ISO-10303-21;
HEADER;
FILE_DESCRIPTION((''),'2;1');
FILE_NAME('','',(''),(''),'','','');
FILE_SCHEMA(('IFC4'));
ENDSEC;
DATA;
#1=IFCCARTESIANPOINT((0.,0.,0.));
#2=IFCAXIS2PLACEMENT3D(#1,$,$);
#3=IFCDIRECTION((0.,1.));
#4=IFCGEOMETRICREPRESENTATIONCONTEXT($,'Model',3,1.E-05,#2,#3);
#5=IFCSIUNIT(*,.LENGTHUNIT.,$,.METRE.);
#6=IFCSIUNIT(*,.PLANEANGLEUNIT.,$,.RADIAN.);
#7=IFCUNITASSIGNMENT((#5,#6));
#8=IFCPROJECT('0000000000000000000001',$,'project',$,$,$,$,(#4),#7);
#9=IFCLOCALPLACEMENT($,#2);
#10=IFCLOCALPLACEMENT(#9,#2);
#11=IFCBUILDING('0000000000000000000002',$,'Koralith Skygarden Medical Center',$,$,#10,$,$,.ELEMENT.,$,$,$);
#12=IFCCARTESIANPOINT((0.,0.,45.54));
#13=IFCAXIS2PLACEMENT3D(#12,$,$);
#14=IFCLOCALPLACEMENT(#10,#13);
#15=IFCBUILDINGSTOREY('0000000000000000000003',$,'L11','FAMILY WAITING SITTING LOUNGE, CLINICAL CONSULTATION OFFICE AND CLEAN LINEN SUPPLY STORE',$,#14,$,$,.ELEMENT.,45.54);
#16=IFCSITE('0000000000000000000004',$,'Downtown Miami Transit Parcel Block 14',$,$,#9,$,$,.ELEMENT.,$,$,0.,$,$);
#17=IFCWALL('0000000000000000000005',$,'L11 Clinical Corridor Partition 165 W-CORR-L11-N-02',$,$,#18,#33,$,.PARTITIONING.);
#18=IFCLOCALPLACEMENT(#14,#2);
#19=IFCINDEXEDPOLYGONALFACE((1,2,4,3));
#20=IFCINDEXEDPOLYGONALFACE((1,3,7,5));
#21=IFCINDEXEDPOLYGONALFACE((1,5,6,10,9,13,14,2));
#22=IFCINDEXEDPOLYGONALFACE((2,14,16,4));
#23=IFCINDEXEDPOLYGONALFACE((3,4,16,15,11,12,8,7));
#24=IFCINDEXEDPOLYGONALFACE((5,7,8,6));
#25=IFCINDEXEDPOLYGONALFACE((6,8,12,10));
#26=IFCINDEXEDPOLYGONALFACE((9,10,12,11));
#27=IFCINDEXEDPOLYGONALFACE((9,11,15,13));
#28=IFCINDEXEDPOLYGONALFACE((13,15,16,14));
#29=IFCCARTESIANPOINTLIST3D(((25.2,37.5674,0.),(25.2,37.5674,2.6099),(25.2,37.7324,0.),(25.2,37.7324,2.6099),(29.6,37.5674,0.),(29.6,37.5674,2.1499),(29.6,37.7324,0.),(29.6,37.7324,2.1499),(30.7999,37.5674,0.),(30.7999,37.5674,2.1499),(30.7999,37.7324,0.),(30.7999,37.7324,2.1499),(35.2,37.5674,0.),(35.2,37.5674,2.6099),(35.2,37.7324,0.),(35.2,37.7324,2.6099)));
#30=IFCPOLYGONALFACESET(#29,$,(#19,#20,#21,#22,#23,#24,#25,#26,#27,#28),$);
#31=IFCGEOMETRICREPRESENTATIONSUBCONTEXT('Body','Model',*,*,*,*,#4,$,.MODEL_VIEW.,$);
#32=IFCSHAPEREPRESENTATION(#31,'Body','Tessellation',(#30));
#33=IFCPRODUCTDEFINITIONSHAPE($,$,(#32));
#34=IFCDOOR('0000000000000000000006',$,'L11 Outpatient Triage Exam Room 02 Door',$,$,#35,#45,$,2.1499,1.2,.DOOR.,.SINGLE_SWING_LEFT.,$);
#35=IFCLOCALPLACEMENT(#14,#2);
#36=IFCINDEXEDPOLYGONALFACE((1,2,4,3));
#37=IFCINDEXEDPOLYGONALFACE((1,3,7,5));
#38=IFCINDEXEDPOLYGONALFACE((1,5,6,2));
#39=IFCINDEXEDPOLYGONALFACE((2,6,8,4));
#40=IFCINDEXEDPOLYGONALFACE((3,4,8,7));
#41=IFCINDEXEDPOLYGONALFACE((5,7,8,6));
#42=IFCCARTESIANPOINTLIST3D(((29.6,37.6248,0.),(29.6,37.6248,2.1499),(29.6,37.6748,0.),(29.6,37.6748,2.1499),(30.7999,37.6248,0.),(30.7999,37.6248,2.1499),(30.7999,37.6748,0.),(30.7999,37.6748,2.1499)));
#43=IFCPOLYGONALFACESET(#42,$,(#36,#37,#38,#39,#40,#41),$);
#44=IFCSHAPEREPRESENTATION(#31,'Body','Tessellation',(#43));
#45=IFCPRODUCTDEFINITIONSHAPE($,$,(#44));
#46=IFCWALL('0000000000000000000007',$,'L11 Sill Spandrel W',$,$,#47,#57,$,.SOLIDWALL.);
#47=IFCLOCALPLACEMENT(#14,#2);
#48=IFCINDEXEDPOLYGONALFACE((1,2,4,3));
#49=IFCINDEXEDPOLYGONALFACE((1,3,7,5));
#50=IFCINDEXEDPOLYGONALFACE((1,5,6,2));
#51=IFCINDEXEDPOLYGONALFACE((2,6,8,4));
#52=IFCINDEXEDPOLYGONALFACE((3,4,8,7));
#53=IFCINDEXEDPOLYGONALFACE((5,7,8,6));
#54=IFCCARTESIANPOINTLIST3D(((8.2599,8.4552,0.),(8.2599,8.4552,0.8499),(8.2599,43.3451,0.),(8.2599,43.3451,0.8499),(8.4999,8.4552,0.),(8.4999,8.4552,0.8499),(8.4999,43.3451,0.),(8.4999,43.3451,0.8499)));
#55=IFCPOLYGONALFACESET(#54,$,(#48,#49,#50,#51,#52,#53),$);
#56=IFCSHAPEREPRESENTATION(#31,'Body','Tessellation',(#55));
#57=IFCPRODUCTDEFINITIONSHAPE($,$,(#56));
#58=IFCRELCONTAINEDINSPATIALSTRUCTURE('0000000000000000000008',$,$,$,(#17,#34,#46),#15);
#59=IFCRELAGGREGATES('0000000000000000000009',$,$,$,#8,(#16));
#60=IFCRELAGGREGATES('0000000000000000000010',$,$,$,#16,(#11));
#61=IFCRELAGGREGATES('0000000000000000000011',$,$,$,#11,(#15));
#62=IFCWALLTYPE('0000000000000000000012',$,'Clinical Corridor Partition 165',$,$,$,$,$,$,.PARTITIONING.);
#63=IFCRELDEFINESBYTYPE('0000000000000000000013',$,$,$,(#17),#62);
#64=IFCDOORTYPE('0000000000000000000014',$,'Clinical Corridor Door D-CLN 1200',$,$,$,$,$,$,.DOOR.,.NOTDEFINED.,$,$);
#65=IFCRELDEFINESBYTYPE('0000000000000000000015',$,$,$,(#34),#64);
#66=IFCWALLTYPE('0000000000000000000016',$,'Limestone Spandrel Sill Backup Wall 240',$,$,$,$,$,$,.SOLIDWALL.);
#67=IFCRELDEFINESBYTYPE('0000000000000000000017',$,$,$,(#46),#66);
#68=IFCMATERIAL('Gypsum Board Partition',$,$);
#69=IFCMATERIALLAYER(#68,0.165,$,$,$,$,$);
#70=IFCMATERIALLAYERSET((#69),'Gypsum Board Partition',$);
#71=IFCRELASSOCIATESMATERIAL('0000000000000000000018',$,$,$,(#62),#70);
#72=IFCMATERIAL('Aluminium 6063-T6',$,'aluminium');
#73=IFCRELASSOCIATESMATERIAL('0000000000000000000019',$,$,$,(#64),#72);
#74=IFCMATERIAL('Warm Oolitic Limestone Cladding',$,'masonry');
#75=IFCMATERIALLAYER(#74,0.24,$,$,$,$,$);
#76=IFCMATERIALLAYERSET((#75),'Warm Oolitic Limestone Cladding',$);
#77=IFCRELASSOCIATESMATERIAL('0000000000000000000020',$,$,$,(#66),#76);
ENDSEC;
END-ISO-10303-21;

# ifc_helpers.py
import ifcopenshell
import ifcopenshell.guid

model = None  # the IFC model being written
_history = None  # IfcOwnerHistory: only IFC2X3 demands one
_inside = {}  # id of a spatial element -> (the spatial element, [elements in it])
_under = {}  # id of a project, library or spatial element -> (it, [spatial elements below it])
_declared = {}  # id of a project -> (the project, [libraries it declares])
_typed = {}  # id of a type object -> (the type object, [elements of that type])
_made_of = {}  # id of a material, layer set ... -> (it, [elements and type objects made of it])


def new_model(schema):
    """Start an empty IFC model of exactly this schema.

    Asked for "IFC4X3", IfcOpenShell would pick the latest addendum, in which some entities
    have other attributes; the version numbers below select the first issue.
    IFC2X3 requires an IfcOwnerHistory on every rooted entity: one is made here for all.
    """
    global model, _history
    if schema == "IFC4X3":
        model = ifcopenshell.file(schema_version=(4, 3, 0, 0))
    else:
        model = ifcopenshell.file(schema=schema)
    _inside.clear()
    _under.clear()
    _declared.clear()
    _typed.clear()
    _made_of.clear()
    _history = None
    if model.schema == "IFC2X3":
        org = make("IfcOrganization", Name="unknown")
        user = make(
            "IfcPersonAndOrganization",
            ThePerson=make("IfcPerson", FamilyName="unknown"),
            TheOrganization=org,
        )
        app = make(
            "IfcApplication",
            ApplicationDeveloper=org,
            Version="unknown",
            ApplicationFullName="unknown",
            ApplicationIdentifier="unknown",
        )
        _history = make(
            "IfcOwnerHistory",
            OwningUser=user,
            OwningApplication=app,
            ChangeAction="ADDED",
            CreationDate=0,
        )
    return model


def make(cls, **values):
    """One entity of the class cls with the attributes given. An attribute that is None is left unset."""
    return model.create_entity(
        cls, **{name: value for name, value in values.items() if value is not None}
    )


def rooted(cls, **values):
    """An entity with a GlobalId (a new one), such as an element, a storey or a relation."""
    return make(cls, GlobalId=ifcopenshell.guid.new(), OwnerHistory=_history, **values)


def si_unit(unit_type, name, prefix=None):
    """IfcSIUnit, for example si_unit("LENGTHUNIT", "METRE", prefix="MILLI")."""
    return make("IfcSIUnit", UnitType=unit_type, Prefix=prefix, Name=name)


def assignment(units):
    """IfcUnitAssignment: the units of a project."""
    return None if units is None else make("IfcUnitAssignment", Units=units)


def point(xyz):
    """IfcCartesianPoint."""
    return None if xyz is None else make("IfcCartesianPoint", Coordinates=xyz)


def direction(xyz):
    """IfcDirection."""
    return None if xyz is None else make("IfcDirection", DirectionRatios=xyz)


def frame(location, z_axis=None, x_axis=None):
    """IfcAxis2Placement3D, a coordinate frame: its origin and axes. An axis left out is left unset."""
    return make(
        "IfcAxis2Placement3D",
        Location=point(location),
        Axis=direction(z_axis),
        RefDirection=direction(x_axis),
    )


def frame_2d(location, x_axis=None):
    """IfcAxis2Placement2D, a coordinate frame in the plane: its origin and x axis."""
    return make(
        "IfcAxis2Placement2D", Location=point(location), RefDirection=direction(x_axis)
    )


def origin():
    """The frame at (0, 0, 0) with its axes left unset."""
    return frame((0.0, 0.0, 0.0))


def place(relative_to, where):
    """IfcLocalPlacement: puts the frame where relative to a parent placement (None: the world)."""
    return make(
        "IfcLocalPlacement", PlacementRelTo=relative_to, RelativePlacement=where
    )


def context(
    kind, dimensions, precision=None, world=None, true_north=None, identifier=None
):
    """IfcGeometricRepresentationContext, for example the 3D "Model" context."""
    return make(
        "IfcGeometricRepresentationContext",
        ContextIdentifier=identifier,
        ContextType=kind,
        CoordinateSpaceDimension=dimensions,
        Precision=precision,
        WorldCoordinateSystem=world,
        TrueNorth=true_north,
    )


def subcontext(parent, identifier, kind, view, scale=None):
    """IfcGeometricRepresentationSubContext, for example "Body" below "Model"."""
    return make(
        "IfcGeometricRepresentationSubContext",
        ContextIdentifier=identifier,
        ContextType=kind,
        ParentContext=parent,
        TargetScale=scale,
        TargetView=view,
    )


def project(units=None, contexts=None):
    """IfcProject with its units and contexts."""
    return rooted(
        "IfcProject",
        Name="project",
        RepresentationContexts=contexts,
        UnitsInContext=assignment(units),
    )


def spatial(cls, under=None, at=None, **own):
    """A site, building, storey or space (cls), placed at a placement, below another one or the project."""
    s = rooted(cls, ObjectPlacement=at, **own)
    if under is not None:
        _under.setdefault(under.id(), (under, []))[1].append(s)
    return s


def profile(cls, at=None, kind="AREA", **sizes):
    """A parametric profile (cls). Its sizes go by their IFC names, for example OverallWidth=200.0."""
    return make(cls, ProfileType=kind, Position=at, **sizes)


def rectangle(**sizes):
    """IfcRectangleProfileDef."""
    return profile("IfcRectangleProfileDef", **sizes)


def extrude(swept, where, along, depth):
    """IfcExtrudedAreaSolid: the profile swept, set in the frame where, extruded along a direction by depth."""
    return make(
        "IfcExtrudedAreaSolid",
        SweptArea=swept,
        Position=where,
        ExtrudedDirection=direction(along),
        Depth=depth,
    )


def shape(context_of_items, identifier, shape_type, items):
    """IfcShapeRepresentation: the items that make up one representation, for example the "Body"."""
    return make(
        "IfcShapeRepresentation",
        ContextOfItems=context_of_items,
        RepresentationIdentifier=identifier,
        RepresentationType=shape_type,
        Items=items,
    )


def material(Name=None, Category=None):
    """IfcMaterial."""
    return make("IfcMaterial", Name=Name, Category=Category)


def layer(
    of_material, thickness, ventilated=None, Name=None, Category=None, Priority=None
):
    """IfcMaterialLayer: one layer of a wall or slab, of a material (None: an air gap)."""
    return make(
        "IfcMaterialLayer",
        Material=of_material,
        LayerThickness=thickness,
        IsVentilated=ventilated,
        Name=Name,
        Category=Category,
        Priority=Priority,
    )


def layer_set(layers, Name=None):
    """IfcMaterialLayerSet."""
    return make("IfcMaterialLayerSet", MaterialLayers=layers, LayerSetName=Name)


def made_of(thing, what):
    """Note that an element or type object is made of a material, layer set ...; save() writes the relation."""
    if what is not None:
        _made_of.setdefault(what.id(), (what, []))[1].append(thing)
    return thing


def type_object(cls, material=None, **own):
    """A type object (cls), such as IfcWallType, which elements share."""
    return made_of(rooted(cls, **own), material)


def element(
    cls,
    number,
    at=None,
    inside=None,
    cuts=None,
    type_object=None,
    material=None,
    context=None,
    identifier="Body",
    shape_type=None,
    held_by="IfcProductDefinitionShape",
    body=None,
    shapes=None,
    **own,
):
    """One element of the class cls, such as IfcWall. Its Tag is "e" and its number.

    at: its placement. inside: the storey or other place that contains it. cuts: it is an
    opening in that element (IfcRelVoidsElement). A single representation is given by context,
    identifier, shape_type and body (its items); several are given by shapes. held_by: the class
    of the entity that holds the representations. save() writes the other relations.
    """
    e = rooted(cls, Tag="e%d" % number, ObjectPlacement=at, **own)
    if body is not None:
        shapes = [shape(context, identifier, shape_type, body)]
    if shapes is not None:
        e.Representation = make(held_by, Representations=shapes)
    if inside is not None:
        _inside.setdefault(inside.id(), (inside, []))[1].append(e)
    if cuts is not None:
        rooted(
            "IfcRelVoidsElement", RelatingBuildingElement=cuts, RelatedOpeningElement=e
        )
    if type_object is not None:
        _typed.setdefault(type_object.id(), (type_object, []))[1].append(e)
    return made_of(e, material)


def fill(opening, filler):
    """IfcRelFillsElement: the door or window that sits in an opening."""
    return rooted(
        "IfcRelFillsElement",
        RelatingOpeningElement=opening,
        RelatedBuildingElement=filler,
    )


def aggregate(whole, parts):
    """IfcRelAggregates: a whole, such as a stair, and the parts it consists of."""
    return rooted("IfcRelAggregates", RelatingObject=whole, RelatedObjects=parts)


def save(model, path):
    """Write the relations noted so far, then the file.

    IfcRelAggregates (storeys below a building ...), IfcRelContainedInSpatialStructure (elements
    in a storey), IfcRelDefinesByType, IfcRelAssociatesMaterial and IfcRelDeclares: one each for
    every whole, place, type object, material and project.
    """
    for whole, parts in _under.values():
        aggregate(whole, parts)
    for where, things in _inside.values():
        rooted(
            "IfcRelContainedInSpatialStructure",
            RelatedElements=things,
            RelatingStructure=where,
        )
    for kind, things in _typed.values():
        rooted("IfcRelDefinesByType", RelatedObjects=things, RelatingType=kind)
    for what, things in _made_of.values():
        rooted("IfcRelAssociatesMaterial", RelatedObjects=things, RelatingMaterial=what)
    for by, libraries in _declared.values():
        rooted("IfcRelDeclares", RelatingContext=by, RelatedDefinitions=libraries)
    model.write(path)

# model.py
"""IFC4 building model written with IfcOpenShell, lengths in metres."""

from ifc_helpers import new_model, si_unit, direction, frame, frame_2d, origin, place, context, subcontext, project, spatial, rectangle, extrude, material, layer, layer_set, type_object, element, fill, save


model = new_model("IFC4")

# Units and contexts
model_context = context("Model", 3, precision=1e-05, world=origin(), true_north=direction((0.0, 1.0)))
body_context = subcontext(model_context, "Body", "Model", "MODEL_VIEW")
ifc_project = project(units=[si_unit("LENGTHUNIT", "METRE"), si_unit("PLANEANGLEUNIT", "RADIAN")], contexts=[model_context])

# Site, building, storey
site_placement = place(None, origin())
site = spatial("IfcSite", under=ifc_project, at=site_placement, Name="Downtown Miami Transit Parcel Block 14", CompositionType="ELEMENT", RefElevation=0.0)
building_placement = place(site_placement, origin())
building = spatial("IfcBuilding", under=site, at=building_placement, Name="Koralith Skygarden Medical Center", CompositionType="ELEMENT")
storey_placement = place(building_placement, frame((0.0, 0.0, 45.54)))
storey = spatial("IfcBuildingStorey", under=building, at=storey_placement, Name="L11", Description="FAMILY WAITING SITTING LOUNGE, CLINICAL CONSULTATION OFFICE AND CLEAN LINEN SUPPLY STORE", CompositionType="ELEMENT", Elevation=45.54)

# Shared definitions
ifc_material_1 = material(Name="Aluminium 6063-T6", Category="aluminium")

# Shared definitions
ifc_material_2 = material(Name="Gypsum Board Partition")
ifc_layer_1 = layer(ifc_material_2, 0.165)
ifc_layer_set_1 = layer_set([ifc_layer_1], Name="Gypsum Board Partition")
wall_type_1 = type_object("IfcWallType", Name="Clinical Corridor Partition 165", PredefinedType="PARTITIONING", material=ifc_layer_set_1)

# Wall, opening, door
wall_1_placement = place(storey_placement, frame((25.2, 37.6499, 0.0), z_axis=(0.0, 0.0, 1.0), x_axis=(1.0, 0.0, 0.0)))
wall_1 = element("IfcWall", 1, at=wall_1_placement, inside=storey, type_object=wall_type_1, Name="L11 Clinical Corridor Partition 165 W-CORR-L11-N-02", PredefinedType="PARTITIONING", context=body_context, shape_type="SweptSolid", body=[
    extrude(rectangle(XDim=10.0, YDim=0.165, at=frame_2d((5.0, 0.0))), origin(), (0.0, 0.0, 1.0), 2.6099),
])
opening_1_placement = place(wall_1_placement, frame((4.3999, 0.0, 0.0)))
opening_1 = element("IfcOpeningElement", 2, at=opening_1_placement, cuts=wall_1, PredefinedType="OPENING", context=body_context, shape_type="SweptSolid", body=[
    extrude(rectangle(XDim=1.2, YDim=2.1499, at=frame_2d((0.6001, 1.075))), frame((0.0, 0.0925, 0.0), z_axis=(0.0, -1.0, 0.0), x_axis=(1.0, 0.0, 0.0)), (0.0, 0.0, 1.0), 0.1851),
])
door_type_1 = type_object("IfcDoorType", Name="Clinical Corridor Door D-CLN 1200", OperationType="NOTDEFINED", PredefinedType="DOOR", material=ifc_material_1)
door_1_placement = place(opening_1_placement, origin())
door_1 = element("IfcDoor", 3, at=door_1_placement, inside=storey, type_object=door_type_1, Name="L11 Outpatient Triage Exam Room 02 Door", OperationType="SINGLE_SWING_LEFT", OverallHeight=2.1499, OverallWidth=1.2, PredefinedType="DOOR", context=body_context, shape_type="SweptSolid", body=[
    extrude(rectangle(XDim=1.2, YDim=2.1499, at=frame_2d((0.6001, 1.075))), frame((0.0, 0.0249, 0.0), z_axis=(0.0, -1.0, 0.0), x_axis=(1.0, 0.0, 0.0)), (0.0, 0.0, 1.0), 0.05),
])
fill(opening_1, door_1)

# Wall
ifc_material_3 = material(Name="Warm Oolitic Limestone Cladding", Category="masonry")
ifc_layer_2 = layer(ifc_material_3, 0.24)
ifc_layer_set_2 = layer_set([ifc_layer_2], Name="Warm Oolitic Limestone Cladding")
wall_type_2 = type_object("IfcWallType", Name="Limestone Spandrel Sill Backup Wall 240", PredefinedType="SOLIDWALL", material=ifc_layer_set_2)
wall_2_placement = place(storey_placement, frame((8.3799, 43.345, 0.0), z_axis=(0.0, 0.0, 1.0), x_axis=(0.0, -1.0, 0.0)))
element("IfcWall", 4, at=wall_2_placement, inside=storey, type_object=wall_type_2, Name="L11 Sill Spandrel W", PredefinedType="SOLIDWALL", context=body_context, shape_type="SweptSolid", body=[
    extrude(rectangle(XDim=34.8899, YDim=0.24, at=frame_2d((17.4448, 0.0))), origin(), (0.0, 0.0, 1.0), 0.8499),
])

save(model, "model.ifc")
